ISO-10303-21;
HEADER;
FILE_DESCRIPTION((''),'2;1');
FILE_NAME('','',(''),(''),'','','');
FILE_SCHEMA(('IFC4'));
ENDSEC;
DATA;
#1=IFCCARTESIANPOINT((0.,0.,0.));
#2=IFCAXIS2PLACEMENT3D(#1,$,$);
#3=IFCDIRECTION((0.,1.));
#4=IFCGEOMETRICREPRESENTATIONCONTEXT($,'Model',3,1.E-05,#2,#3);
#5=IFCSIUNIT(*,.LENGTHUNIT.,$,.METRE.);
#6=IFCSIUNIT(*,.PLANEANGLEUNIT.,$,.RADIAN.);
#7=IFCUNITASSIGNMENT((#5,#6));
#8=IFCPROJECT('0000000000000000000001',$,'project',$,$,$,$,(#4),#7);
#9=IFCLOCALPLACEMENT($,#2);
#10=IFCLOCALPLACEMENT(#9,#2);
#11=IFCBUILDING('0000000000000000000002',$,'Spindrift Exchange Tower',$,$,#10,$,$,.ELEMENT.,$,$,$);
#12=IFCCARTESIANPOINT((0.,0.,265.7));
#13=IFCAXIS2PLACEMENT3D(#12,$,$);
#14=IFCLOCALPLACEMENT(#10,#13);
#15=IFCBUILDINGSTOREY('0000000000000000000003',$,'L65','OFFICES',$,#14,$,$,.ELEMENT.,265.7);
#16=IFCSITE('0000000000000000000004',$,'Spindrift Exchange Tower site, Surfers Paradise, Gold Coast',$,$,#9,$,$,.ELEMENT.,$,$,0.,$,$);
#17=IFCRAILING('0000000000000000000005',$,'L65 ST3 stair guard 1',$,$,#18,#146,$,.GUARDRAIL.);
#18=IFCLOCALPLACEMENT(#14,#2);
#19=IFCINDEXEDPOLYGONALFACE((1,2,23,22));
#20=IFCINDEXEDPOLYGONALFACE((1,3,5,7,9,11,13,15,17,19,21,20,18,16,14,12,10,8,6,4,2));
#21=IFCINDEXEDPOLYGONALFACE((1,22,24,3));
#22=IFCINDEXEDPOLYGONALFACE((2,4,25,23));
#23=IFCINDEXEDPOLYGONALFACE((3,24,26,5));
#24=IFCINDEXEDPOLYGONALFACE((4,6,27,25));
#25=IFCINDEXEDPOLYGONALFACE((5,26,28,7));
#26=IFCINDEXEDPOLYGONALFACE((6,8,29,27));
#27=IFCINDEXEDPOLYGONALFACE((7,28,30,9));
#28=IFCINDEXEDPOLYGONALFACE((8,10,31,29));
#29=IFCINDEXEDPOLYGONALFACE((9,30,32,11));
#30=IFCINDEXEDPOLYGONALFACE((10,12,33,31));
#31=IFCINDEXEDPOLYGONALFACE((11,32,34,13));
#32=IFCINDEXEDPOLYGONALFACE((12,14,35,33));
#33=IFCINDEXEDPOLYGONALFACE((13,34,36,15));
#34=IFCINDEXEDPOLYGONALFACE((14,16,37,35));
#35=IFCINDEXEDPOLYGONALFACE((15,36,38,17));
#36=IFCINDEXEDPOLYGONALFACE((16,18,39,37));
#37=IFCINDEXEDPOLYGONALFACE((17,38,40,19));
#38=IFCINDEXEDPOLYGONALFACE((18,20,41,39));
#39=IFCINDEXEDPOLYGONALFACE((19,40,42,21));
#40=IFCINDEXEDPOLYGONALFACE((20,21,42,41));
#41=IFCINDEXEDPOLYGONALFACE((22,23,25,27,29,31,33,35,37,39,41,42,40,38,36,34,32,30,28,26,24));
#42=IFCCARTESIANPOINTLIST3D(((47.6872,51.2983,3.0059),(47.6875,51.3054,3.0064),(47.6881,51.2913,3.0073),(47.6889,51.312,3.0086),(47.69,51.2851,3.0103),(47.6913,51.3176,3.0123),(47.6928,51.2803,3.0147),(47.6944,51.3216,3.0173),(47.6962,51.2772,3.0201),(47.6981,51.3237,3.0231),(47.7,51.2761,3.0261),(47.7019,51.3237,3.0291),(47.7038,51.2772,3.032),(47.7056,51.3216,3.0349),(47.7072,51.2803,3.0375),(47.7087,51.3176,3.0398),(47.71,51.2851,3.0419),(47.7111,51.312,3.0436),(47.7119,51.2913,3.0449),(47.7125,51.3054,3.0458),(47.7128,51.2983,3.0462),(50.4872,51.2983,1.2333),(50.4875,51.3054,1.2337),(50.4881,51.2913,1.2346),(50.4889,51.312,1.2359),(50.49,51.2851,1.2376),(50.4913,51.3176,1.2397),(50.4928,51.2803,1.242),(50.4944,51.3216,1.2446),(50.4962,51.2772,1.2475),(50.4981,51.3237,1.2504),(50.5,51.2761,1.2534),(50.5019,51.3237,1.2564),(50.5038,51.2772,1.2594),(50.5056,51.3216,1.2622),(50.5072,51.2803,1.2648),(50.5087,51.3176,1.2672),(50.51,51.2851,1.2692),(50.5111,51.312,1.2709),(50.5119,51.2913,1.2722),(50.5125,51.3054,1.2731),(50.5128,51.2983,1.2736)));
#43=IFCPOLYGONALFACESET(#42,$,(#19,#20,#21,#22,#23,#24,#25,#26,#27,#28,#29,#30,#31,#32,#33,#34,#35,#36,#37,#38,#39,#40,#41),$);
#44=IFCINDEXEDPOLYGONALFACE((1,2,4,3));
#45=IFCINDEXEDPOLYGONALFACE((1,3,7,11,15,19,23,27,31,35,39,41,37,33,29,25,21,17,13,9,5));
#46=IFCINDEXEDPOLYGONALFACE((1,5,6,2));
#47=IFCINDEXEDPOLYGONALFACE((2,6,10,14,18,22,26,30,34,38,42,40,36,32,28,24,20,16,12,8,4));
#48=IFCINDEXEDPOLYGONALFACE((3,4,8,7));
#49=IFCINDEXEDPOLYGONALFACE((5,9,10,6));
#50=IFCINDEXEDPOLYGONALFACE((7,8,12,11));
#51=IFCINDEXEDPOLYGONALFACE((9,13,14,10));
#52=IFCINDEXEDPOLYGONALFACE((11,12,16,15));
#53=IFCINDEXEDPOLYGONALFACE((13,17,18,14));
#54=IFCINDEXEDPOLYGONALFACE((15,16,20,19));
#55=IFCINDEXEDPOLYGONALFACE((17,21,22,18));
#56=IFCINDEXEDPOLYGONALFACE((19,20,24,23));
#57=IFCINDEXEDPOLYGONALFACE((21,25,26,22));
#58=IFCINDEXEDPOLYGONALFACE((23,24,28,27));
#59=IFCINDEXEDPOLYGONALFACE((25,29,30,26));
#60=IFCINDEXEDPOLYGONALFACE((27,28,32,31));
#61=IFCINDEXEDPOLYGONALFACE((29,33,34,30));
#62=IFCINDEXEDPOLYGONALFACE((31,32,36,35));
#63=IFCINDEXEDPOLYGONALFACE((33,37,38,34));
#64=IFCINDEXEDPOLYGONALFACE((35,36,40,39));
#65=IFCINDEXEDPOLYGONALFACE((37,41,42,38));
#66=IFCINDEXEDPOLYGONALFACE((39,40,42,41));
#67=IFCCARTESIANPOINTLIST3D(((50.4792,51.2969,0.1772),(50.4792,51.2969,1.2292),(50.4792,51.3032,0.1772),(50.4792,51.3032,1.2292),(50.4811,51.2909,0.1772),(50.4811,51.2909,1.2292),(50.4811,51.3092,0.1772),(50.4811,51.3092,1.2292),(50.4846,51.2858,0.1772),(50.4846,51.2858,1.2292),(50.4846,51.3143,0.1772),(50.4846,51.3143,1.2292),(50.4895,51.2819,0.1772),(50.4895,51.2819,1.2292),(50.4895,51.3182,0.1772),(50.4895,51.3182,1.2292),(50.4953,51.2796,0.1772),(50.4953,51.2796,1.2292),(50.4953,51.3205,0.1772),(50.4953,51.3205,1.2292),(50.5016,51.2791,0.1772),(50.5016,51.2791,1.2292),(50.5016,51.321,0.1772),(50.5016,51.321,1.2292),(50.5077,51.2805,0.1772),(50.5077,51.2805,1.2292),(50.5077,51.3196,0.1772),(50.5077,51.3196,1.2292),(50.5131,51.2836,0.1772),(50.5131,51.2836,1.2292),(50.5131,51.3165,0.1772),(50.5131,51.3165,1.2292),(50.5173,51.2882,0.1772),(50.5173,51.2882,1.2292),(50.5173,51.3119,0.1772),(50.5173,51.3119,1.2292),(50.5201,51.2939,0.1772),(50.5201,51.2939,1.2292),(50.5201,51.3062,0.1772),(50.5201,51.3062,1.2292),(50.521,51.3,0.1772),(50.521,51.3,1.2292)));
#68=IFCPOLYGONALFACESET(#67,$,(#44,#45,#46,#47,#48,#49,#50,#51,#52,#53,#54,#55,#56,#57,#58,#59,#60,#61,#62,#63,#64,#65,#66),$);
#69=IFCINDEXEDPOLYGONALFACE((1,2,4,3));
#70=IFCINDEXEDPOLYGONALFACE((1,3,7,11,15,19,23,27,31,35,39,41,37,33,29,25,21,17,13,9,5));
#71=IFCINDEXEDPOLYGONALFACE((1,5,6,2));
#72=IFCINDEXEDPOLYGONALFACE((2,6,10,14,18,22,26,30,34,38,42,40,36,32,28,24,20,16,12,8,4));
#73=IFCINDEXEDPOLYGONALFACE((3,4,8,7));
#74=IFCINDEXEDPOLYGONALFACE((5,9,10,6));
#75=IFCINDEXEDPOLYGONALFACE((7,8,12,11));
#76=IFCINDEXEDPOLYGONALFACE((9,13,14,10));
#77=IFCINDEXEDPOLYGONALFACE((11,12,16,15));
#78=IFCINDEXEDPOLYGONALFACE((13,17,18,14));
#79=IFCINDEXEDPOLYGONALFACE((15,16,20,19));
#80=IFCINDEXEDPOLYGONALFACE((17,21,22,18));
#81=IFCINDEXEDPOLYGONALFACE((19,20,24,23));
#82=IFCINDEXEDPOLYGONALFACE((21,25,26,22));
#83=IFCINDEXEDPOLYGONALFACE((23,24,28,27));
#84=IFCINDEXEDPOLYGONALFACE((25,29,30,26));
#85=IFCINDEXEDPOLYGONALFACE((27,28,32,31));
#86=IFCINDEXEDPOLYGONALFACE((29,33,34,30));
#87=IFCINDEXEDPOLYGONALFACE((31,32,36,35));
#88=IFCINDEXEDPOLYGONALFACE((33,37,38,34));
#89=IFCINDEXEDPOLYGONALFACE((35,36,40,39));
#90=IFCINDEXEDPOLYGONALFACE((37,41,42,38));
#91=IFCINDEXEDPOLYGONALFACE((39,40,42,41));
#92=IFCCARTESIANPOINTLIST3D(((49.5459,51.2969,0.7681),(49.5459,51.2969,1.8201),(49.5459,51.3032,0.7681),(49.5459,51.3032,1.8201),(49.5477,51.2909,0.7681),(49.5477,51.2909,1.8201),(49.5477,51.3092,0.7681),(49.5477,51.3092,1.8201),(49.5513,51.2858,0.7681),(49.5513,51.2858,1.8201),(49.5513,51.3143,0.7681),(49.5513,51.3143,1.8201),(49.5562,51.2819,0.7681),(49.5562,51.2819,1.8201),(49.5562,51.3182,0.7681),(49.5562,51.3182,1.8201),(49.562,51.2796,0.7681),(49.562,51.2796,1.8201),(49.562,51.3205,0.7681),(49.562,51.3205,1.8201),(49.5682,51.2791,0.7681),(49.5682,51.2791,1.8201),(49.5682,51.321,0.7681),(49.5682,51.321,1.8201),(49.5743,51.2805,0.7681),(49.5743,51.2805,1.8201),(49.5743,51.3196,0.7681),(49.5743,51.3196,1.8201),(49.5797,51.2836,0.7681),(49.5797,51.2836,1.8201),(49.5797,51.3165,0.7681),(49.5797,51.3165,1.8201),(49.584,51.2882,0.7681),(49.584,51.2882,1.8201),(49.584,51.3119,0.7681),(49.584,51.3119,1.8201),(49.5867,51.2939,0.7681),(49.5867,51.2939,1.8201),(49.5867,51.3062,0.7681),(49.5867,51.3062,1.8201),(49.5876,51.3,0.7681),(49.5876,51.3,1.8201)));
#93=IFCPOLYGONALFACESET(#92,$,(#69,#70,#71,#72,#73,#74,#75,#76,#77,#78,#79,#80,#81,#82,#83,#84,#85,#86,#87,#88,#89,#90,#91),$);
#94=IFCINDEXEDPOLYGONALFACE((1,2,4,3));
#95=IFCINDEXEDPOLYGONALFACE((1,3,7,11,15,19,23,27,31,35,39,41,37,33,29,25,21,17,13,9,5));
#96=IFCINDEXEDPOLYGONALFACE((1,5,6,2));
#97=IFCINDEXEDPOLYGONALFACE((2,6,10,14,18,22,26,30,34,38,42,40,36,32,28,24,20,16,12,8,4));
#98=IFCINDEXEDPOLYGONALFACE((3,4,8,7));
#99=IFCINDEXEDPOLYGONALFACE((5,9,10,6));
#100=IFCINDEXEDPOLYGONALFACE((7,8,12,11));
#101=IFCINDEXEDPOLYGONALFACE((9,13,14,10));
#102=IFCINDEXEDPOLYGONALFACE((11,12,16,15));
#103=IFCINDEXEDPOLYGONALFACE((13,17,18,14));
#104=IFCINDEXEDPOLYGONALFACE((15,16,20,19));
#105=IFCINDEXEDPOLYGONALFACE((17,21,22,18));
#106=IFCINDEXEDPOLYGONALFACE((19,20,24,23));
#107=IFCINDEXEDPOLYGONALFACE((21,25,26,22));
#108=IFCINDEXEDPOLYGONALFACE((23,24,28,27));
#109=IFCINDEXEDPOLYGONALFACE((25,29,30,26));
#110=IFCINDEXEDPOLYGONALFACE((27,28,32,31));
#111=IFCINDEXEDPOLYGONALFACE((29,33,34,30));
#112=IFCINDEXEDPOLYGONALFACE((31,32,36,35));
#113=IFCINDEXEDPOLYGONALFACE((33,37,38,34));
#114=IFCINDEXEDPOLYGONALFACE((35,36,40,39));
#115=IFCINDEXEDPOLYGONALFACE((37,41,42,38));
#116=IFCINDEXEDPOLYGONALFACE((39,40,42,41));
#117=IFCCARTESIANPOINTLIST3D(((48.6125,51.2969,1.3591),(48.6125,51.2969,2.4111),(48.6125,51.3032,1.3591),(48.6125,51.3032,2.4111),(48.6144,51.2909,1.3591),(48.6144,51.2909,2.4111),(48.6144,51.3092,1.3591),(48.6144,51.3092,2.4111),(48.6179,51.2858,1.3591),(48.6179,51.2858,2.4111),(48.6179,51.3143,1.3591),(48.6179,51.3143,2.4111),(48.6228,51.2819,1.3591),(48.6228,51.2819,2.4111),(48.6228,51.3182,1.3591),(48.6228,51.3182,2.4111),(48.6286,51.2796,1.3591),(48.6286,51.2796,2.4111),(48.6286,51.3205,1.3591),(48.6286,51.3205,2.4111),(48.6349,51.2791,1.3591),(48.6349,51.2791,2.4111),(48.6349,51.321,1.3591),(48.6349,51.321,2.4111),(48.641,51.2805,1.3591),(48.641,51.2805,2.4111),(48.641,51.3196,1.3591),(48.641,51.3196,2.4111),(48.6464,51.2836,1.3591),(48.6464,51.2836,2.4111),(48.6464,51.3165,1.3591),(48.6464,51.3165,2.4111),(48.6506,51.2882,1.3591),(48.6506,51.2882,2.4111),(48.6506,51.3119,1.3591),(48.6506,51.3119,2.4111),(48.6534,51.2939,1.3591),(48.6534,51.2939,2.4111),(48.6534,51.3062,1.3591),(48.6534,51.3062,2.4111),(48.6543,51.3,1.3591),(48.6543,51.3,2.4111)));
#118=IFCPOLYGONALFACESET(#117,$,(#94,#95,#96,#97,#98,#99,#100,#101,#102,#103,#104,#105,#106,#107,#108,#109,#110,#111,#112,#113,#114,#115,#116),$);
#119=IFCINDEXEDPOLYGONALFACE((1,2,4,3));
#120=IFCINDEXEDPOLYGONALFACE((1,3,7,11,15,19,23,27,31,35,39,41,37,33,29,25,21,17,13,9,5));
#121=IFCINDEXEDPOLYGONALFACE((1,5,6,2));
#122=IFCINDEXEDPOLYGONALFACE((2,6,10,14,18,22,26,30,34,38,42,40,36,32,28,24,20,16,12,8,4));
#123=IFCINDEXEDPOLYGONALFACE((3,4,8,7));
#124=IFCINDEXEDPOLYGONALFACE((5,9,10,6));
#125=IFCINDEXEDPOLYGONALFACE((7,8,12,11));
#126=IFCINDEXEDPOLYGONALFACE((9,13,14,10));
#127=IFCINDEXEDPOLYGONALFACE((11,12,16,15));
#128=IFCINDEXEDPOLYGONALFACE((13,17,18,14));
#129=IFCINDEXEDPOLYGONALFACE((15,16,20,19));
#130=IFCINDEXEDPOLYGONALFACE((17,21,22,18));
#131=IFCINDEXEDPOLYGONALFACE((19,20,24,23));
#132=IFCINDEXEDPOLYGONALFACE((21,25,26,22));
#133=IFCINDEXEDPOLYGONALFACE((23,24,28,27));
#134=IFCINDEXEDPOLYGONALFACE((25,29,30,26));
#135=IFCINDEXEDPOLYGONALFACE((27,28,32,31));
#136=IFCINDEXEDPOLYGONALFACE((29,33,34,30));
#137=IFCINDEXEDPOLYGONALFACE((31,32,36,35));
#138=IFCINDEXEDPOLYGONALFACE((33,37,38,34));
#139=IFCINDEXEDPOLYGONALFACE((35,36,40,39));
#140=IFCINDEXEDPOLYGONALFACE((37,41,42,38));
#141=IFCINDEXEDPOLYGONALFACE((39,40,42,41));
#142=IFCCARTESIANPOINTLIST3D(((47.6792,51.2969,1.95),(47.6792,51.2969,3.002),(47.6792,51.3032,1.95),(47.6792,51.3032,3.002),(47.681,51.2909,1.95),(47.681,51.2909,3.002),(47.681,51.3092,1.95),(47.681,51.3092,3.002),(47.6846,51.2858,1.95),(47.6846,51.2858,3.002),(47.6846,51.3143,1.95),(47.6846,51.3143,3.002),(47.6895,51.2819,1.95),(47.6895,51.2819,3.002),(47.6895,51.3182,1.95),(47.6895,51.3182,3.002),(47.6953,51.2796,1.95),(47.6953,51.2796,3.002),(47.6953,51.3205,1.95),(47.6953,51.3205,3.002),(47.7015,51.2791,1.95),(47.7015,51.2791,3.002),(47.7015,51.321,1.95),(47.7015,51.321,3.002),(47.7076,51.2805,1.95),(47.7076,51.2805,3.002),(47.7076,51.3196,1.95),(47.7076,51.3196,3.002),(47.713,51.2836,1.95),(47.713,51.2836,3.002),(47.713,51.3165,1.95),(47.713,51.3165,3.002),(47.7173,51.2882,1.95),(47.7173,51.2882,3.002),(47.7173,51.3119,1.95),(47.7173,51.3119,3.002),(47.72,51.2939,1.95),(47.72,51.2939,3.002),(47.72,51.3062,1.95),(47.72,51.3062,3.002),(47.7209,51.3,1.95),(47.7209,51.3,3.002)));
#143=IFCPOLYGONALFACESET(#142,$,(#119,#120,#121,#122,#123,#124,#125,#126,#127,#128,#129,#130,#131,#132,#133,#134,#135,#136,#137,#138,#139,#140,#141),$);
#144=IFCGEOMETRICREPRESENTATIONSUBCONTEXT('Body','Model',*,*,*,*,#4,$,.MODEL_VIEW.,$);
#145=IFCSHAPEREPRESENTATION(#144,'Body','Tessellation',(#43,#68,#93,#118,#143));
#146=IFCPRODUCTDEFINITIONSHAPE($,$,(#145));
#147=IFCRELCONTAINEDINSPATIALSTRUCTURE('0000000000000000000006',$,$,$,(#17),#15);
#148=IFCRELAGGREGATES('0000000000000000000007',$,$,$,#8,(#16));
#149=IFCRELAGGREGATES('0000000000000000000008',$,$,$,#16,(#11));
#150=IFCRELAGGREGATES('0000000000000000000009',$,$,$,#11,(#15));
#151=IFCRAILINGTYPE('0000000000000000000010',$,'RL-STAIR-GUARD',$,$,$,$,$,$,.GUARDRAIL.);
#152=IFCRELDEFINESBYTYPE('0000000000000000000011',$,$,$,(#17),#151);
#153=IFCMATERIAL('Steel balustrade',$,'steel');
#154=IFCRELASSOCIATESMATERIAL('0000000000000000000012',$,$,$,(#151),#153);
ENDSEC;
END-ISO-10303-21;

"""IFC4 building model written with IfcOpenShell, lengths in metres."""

from ifc_helpers import new_model, si_unit, direction, frame, origin, origin_2d, place, context, subcontext, project, spatial, circle, extrude, material, type_object, element, save


model = new_model("IFC4")

# Units and contexts
model_context = context("Model", 3, precision=1e-05, world=origin(), true_north=direction((0.0, 1.0)))
body_context = subcontext(model_context, "Body", "Model", "MODEL_VIEW")
ifc_project = project(units=[si_unit("LENGTHUNIT", "METRE"), si_unit("PLANEANGLEUNIT", "RADIAN")], contexts=[model_context])

# Site, building, storey
site_placement = place(None, origin())
site = spatial("IfcSite", under=ifc_project, at=site_placement, Name="Spindrift Exchange Tower site, Surfers Paradise, Gold Coast", CompositionType="ELEMENT", RefElevation=0.0)
building_placement = place(site_placement, origin())
building = spatial("IfcBuilding", under=site, at=building_placement, Name="Spindrift Exchange Tower", CompositionType="ELEMENT")
storey_placement = place(building_placement, frame((0.0, 0.0, 265.7)))
storey = spatial("IfcBuildingStorey", under=building, at=storey_placement, Name="L65", Description="OFFICES", CompositionType="ELEMENT", Elevation=265.7)

# Railing
ifc_material_1 = material(Name="Steel balustrade", Category="steel")
railing_type_1 = type_object("IfcRailingType", Name="RL-STAIR-GUARD", PredefinedType="GUARDRAIL", material=ifc_material_1)
railing_1_placement = place(storey_placement, frame((50.5, 51.3, 0.1772)))
element("IfcRailing", 1, at=railing_1_placement, inside=storey, type_object=railing_type_1, Name="L65 ST3 stair guard 1", PredefinedType="GUARDRAIL", context=body_context, shape_type="SweptSolid", body=[
    extrude(circle(Radius=0.0239, at=origin_2d()), frame((0.0, 0.0, 1.0762), z_axis=(-0.844909, 0.0, 0.53491), x_axis=(0.0, -1.0, 0.0)), (0.0, 0.0, 1.0), 3.314),
    extrude(circle(Radius=0.021, at=origin_2d()), origin(), (0.0, 0.0, 1.0), 1.052),
    extrude(circle(Radius=0.021, at=origin_2d()), frame((-0.9333, 0.0, 0.5908)), (0.0, 0.0, 1.0), 1.052),
    extrude(circle(Radius=0.021, at=origin_2d()), frame((-1.8667, 0.0, 1.1819)), (0.0, 0.0, 1.0), 1.052),
    extrude(circle(Radius=0.021, at=origin_2d()), frame((-2.8, 0.0, 1.7727)), (0.0, 0.0, 1.0), 1.052),
])

save(model, "model.ifc")
